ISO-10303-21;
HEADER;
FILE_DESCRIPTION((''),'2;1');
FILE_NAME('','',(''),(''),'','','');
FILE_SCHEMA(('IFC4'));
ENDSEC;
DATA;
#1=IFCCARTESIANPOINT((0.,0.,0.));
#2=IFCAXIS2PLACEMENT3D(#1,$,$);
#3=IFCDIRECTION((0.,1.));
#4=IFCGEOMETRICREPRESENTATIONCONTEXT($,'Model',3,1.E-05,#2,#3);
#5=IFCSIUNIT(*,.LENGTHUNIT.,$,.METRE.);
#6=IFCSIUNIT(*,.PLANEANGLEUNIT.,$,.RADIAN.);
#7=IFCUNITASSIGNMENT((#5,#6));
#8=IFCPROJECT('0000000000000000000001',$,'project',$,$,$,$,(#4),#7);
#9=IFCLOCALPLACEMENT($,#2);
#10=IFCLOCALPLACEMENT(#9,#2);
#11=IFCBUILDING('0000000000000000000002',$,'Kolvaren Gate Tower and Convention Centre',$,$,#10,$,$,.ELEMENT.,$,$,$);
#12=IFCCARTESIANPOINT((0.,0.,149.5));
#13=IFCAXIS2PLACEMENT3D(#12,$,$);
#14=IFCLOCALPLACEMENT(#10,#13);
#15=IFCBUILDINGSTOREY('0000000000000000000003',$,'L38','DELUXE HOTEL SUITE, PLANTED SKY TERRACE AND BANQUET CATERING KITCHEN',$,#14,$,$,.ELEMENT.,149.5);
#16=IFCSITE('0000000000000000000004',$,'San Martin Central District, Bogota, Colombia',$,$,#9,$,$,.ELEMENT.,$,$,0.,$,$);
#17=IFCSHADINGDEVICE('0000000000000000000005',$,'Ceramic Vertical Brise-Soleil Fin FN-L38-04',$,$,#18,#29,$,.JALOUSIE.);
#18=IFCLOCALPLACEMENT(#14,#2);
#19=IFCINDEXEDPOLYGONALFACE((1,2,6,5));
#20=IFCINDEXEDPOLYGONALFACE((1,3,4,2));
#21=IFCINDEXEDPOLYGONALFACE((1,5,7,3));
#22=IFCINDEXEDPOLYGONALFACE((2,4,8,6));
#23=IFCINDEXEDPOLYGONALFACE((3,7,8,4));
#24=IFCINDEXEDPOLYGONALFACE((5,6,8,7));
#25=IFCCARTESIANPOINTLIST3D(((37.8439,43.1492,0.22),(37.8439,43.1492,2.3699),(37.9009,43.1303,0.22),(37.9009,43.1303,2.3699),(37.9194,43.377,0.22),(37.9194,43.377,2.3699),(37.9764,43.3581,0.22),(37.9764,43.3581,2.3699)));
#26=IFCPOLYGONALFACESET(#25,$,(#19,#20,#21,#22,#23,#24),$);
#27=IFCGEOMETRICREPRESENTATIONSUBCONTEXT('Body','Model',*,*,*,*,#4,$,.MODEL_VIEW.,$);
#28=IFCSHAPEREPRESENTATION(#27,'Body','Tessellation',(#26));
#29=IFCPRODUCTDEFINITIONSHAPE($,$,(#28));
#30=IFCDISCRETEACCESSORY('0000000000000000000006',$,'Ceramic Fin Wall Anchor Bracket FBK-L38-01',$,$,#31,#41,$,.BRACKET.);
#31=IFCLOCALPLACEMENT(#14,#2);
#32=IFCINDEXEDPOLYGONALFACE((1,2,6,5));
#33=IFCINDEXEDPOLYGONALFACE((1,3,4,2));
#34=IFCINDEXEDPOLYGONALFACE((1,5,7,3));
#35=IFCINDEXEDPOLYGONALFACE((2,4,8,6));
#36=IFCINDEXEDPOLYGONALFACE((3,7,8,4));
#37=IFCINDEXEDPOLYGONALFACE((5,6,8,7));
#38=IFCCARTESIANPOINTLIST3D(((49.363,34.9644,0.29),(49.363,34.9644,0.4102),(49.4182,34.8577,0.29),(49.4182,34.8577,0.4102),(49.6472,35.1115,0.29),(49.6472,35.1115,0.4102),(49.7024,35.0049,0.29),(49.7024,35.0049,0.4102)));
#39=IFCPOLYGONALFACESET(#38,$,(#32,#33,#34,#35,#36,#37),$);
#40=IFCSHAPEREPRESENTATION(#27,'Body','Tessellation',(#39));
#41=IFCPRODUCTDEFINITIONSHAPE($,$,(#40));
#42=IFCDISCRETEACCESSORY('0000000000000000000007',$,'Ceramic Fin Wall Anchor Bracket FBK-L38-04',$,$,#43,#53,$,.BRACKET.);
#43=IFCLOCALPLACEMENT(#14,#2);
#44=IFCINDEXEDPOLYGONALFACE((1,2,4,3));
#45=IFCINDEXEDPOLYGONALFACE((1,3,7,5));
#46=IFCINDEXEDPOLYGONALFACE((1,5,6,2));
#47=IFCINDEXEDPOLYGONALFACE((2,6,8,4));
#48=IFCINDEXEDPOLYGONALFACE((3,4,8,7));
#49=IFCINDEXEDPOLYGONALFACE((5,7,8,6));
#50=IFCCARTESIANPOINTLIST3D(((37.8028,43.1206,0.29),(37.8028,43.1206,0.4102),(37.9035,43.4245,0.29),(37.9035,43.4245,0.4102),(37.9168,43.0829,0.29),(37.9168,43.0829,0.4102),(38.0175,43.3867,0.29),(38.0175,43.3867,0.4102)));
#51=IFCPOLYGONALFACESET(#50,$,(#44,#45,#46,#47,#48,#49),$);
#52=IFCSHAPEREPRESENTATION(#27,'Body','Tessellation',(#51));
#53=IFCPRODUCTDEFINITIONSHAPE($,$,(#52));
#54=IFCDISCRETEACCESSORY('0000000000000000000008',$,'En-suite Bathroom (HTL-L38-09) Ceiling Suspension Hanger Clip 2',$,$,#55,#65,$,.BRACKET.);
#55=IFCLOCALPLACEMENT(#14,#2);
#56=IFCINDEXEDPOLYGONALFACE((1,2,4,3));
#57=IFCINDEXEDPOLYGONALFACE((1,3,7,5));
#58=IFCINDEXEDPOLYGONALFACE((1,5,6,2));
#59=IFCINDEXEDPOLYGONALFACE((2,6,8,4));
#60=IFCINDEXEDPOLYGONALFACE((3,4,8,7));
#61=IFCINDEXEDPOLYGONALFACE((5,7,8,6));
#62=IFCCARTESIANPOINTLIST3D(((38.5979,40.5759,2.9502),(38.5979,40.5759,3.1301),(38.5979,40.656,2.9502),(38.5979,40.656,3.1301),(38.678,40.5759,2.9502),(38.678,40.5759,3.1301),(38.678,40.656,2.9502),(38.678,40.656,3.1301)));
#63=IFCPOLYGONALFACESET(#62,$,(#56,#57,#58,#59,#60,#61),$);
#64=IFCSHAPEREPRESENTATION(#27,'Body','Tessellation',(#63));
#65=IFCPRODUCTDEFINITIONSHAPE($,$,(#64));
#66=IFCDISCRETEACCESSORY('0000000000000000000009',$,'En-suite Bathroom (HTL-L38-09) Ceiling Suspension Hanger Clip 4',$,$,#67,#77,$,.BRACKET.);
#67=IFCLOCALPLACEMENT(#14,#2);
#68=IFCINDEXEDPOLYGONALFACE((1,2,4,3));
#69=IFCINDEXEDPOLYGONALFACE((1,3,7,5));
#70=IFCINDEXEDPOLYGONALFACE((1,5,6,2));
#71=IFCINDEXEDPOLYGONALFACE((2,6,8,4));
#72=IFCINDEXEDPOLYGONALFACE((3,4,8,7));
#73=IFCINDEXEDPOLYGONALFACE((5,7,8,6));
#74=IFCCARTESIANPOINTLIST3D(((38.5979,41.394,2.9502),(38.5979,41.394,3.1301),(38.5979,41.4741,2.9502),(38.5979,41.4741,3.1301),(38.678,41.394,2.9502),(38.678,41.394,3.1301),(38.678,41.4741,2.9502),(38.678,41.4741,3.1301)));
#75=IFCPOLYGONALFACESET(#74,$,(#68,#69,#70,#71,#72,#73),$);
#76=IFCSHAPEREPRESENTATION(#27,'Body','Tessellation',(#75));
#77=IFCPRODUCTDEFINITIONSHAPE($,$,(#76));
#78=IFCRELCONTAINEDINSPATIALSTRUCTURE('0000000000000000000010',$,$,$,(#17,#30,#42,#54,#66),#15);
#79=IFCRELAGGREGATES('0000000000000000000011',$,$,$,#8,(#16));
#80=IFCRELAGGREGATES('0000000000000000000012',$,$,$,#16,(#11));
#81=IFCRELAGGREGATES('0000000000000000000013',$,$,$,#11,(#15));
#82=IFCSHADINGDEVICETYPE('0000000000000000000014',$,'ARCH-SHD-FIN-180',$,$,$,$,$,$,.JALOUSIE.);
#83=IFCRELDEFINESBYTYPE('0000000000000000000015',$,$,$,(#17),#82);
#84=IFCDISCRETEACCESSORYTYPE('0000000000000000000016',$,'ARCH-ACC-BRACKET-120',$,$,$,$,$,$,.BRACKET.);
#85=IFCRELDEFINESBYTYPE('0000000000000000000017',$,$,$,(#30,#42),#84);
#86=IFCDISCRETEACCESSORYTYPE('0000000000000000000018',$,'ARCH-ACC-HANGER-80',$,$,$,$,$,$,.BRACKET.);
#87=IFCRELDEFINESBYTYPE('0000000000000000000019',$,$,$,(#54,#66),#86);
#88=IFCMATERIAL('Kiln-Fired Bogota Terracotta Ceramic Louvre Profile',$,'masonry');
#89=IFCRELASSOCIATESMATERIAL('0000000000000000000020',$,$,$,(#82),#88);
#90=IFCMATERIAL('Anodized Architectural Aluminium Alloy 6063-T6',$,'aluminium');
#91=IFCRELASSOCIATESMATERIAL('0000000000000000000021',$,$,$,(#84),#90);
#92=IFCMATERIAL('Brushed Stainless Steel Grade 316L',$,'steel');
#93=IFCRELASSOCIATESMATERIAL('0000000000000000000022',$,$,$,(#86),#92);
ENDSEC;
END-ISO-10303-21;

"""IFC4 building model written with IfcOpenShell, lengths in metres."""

from ifc_helpers import new_model, si_unit, direction, frame, origin, origin_2d, place, context, subcontext, project, spatial, rectangle, extrude, material, type_object, element, save


model = new_model("IFC4")

# Units and contexts
model_context = context("Model", 3, precision=1e-05, world=origin(), true_north=direction((0.0, 1.0)))
body_context = subcontext(model_context, "Body", "Model", "MODEL_VIEW")
ifc_project = project(units=[si_unit("LENGTHUNIT", "METRE"), si_unit("PLANEANGLEUNIT", "RADIAN")], contexts=[model_context])

# Site, building, storey
site_placement = place(None, origin())
site = spatial("IfcSite", under=ifc_project, at=site_placement, Name="San Martin Central District, Bogota, Colombia", CompositionType="ELEMENT", RefElevation=0.0)
building_placement = place(site_placement, origin())
building = spatial("IfcBuilding", under=site, at=building_placement, Name="Kolvaren Gate Tower and Convention Centre", CompositionType="ELEMENT")
storey_placement = place(building_placement, frame((0.0, 0.0, 149.5)))
storey = spatial("IfcBuildingStorey", under=building, at=storey_placement, Name="L38", Description="DELUXE HOTEL SUITE, PLANTED SKY TERRACE AND BANQUET CATERING KITCHEN", CompositionType="ELEMENT", Elevation=149.5)

# Shared definitions
ifc_material_1 = material(Name="Anodized Architectural Aluminium Alloy 6063-T6", Category="aluminium")

# Shading device
ifc_material_2 = material(Name="Kiln-Fired Bogota Terracotta Ceramic Louvre Profile", Category="masonry")
shading_device_type = type_object("IfcShadingDeviceType", Name="ARCH-SHD-FIN-180", PredefinedType="JALOUSIE", material=ifc_material_2)
for number, where, z_axis, x_axis, name in (
    (1, (37.9102, 43.2537, 0.22), (0.0, 0.0, 1.0), (0.94924, -0.314554, 0.0), "Ceramic Vertical Brise-Soleil Fin FN-L38-04"),
):
    element("IfcShadingDevice", number, at=place(storey_placement, frame(where, z_axis=z_axis, x_axis=x_axis)), inside=storey, type_object=shading_device_type, Name=name, PredefinedType="JALOUSIE", context=body_context, shape_type="SweptSolid", body=[
        extrude(rectangle(XDim=0.0601, YDim=0.24, at=origin_2d()), origin(), (0.0, 0.0, 1.0), 2.1499),
    ])

# Discrete accessories
discrete_accessory_type_1 = type_object("IfcDiscreteAccessoryType", Name="ARCH-ACC-BRACKET-120", PredefinedType="BRACKET", material=ifc_material_1)
for number, where, z_axis, x_axis, name in (
    (2, (49.5327, 34.9846, 0.29), (0.0, 0.0, 1.0), (0.459798, -0.888023, 0.0), "Ceramic Fin Wall Anchor Bracket FBK-L38-01"),
    (3, (37.9102, 43.2537, 0.29), (0.0, 0.0, 1.0), (0.94924, -0.314554, 0.0), "Ceramic Fin Wall Anchor Bracket FBK-L38-04"),
):
    element("IfcDiscreteAccessory", number, at=place(storey_placement, frame(where, z_axis=z_axis, x_axis=x_axis)), inside=storey, type_object=discrete_accessory_type_1, Name=name, PredefinedType="BRACKET", context=body_context, shape_type="SweptSolid", body=[
        extrude(rectangle(XDim=0.1201, YDim=0.3201, at=origin_2d()), origin(), (0.0, 0.0, 1.0), 0.1201),
    ])
ifc_material_3 = material(Name="Brushed Stainless Steel Grade 316L", Category="steel")
discrete_accessory_type_2 = type_object("IfcDiscreteAccessoryType", Name="ARCH-ACC-HANGER-80", PredefinedType="BRACKET", material=ifc_material_3)
for number, where, z_axis, x_axis, name in (
    (4, (38.6379, 40.616, 2.9502), (0.0, 0.0, 1.0), (1.0, 0.0, 0.0), "En-suite Bathroom (HTL-L38-09) Ceiling Suspension Hanger Clip 2"),
    (5, (38.6379, 41.4341, 2.9502), (0.0, 0.0, 1.0), (1.0, 0.0, 0.0), "En-suite Bathroom (HTL-L38-09) Ceiling Suspension Hanger Clip 4"),
):
    element("IfcDiscreteAccessory", number, at=place(storey_placement, frame(where, z_axis=z_axis, x_axis=x_axis)), inside=storey, type_object=discrete_accessory_type_2, Name=name, PredefinedType="BRACKET", context=body_context, shape_type="SweptSolid", body=[
        extrude(rectangle(XDim=0.0801, YDim=0.0801, at=origin_2d()), origin(), (0.0, 0.0, 1.0), 0.1799),
    ])

save(model, "model.ifc")
